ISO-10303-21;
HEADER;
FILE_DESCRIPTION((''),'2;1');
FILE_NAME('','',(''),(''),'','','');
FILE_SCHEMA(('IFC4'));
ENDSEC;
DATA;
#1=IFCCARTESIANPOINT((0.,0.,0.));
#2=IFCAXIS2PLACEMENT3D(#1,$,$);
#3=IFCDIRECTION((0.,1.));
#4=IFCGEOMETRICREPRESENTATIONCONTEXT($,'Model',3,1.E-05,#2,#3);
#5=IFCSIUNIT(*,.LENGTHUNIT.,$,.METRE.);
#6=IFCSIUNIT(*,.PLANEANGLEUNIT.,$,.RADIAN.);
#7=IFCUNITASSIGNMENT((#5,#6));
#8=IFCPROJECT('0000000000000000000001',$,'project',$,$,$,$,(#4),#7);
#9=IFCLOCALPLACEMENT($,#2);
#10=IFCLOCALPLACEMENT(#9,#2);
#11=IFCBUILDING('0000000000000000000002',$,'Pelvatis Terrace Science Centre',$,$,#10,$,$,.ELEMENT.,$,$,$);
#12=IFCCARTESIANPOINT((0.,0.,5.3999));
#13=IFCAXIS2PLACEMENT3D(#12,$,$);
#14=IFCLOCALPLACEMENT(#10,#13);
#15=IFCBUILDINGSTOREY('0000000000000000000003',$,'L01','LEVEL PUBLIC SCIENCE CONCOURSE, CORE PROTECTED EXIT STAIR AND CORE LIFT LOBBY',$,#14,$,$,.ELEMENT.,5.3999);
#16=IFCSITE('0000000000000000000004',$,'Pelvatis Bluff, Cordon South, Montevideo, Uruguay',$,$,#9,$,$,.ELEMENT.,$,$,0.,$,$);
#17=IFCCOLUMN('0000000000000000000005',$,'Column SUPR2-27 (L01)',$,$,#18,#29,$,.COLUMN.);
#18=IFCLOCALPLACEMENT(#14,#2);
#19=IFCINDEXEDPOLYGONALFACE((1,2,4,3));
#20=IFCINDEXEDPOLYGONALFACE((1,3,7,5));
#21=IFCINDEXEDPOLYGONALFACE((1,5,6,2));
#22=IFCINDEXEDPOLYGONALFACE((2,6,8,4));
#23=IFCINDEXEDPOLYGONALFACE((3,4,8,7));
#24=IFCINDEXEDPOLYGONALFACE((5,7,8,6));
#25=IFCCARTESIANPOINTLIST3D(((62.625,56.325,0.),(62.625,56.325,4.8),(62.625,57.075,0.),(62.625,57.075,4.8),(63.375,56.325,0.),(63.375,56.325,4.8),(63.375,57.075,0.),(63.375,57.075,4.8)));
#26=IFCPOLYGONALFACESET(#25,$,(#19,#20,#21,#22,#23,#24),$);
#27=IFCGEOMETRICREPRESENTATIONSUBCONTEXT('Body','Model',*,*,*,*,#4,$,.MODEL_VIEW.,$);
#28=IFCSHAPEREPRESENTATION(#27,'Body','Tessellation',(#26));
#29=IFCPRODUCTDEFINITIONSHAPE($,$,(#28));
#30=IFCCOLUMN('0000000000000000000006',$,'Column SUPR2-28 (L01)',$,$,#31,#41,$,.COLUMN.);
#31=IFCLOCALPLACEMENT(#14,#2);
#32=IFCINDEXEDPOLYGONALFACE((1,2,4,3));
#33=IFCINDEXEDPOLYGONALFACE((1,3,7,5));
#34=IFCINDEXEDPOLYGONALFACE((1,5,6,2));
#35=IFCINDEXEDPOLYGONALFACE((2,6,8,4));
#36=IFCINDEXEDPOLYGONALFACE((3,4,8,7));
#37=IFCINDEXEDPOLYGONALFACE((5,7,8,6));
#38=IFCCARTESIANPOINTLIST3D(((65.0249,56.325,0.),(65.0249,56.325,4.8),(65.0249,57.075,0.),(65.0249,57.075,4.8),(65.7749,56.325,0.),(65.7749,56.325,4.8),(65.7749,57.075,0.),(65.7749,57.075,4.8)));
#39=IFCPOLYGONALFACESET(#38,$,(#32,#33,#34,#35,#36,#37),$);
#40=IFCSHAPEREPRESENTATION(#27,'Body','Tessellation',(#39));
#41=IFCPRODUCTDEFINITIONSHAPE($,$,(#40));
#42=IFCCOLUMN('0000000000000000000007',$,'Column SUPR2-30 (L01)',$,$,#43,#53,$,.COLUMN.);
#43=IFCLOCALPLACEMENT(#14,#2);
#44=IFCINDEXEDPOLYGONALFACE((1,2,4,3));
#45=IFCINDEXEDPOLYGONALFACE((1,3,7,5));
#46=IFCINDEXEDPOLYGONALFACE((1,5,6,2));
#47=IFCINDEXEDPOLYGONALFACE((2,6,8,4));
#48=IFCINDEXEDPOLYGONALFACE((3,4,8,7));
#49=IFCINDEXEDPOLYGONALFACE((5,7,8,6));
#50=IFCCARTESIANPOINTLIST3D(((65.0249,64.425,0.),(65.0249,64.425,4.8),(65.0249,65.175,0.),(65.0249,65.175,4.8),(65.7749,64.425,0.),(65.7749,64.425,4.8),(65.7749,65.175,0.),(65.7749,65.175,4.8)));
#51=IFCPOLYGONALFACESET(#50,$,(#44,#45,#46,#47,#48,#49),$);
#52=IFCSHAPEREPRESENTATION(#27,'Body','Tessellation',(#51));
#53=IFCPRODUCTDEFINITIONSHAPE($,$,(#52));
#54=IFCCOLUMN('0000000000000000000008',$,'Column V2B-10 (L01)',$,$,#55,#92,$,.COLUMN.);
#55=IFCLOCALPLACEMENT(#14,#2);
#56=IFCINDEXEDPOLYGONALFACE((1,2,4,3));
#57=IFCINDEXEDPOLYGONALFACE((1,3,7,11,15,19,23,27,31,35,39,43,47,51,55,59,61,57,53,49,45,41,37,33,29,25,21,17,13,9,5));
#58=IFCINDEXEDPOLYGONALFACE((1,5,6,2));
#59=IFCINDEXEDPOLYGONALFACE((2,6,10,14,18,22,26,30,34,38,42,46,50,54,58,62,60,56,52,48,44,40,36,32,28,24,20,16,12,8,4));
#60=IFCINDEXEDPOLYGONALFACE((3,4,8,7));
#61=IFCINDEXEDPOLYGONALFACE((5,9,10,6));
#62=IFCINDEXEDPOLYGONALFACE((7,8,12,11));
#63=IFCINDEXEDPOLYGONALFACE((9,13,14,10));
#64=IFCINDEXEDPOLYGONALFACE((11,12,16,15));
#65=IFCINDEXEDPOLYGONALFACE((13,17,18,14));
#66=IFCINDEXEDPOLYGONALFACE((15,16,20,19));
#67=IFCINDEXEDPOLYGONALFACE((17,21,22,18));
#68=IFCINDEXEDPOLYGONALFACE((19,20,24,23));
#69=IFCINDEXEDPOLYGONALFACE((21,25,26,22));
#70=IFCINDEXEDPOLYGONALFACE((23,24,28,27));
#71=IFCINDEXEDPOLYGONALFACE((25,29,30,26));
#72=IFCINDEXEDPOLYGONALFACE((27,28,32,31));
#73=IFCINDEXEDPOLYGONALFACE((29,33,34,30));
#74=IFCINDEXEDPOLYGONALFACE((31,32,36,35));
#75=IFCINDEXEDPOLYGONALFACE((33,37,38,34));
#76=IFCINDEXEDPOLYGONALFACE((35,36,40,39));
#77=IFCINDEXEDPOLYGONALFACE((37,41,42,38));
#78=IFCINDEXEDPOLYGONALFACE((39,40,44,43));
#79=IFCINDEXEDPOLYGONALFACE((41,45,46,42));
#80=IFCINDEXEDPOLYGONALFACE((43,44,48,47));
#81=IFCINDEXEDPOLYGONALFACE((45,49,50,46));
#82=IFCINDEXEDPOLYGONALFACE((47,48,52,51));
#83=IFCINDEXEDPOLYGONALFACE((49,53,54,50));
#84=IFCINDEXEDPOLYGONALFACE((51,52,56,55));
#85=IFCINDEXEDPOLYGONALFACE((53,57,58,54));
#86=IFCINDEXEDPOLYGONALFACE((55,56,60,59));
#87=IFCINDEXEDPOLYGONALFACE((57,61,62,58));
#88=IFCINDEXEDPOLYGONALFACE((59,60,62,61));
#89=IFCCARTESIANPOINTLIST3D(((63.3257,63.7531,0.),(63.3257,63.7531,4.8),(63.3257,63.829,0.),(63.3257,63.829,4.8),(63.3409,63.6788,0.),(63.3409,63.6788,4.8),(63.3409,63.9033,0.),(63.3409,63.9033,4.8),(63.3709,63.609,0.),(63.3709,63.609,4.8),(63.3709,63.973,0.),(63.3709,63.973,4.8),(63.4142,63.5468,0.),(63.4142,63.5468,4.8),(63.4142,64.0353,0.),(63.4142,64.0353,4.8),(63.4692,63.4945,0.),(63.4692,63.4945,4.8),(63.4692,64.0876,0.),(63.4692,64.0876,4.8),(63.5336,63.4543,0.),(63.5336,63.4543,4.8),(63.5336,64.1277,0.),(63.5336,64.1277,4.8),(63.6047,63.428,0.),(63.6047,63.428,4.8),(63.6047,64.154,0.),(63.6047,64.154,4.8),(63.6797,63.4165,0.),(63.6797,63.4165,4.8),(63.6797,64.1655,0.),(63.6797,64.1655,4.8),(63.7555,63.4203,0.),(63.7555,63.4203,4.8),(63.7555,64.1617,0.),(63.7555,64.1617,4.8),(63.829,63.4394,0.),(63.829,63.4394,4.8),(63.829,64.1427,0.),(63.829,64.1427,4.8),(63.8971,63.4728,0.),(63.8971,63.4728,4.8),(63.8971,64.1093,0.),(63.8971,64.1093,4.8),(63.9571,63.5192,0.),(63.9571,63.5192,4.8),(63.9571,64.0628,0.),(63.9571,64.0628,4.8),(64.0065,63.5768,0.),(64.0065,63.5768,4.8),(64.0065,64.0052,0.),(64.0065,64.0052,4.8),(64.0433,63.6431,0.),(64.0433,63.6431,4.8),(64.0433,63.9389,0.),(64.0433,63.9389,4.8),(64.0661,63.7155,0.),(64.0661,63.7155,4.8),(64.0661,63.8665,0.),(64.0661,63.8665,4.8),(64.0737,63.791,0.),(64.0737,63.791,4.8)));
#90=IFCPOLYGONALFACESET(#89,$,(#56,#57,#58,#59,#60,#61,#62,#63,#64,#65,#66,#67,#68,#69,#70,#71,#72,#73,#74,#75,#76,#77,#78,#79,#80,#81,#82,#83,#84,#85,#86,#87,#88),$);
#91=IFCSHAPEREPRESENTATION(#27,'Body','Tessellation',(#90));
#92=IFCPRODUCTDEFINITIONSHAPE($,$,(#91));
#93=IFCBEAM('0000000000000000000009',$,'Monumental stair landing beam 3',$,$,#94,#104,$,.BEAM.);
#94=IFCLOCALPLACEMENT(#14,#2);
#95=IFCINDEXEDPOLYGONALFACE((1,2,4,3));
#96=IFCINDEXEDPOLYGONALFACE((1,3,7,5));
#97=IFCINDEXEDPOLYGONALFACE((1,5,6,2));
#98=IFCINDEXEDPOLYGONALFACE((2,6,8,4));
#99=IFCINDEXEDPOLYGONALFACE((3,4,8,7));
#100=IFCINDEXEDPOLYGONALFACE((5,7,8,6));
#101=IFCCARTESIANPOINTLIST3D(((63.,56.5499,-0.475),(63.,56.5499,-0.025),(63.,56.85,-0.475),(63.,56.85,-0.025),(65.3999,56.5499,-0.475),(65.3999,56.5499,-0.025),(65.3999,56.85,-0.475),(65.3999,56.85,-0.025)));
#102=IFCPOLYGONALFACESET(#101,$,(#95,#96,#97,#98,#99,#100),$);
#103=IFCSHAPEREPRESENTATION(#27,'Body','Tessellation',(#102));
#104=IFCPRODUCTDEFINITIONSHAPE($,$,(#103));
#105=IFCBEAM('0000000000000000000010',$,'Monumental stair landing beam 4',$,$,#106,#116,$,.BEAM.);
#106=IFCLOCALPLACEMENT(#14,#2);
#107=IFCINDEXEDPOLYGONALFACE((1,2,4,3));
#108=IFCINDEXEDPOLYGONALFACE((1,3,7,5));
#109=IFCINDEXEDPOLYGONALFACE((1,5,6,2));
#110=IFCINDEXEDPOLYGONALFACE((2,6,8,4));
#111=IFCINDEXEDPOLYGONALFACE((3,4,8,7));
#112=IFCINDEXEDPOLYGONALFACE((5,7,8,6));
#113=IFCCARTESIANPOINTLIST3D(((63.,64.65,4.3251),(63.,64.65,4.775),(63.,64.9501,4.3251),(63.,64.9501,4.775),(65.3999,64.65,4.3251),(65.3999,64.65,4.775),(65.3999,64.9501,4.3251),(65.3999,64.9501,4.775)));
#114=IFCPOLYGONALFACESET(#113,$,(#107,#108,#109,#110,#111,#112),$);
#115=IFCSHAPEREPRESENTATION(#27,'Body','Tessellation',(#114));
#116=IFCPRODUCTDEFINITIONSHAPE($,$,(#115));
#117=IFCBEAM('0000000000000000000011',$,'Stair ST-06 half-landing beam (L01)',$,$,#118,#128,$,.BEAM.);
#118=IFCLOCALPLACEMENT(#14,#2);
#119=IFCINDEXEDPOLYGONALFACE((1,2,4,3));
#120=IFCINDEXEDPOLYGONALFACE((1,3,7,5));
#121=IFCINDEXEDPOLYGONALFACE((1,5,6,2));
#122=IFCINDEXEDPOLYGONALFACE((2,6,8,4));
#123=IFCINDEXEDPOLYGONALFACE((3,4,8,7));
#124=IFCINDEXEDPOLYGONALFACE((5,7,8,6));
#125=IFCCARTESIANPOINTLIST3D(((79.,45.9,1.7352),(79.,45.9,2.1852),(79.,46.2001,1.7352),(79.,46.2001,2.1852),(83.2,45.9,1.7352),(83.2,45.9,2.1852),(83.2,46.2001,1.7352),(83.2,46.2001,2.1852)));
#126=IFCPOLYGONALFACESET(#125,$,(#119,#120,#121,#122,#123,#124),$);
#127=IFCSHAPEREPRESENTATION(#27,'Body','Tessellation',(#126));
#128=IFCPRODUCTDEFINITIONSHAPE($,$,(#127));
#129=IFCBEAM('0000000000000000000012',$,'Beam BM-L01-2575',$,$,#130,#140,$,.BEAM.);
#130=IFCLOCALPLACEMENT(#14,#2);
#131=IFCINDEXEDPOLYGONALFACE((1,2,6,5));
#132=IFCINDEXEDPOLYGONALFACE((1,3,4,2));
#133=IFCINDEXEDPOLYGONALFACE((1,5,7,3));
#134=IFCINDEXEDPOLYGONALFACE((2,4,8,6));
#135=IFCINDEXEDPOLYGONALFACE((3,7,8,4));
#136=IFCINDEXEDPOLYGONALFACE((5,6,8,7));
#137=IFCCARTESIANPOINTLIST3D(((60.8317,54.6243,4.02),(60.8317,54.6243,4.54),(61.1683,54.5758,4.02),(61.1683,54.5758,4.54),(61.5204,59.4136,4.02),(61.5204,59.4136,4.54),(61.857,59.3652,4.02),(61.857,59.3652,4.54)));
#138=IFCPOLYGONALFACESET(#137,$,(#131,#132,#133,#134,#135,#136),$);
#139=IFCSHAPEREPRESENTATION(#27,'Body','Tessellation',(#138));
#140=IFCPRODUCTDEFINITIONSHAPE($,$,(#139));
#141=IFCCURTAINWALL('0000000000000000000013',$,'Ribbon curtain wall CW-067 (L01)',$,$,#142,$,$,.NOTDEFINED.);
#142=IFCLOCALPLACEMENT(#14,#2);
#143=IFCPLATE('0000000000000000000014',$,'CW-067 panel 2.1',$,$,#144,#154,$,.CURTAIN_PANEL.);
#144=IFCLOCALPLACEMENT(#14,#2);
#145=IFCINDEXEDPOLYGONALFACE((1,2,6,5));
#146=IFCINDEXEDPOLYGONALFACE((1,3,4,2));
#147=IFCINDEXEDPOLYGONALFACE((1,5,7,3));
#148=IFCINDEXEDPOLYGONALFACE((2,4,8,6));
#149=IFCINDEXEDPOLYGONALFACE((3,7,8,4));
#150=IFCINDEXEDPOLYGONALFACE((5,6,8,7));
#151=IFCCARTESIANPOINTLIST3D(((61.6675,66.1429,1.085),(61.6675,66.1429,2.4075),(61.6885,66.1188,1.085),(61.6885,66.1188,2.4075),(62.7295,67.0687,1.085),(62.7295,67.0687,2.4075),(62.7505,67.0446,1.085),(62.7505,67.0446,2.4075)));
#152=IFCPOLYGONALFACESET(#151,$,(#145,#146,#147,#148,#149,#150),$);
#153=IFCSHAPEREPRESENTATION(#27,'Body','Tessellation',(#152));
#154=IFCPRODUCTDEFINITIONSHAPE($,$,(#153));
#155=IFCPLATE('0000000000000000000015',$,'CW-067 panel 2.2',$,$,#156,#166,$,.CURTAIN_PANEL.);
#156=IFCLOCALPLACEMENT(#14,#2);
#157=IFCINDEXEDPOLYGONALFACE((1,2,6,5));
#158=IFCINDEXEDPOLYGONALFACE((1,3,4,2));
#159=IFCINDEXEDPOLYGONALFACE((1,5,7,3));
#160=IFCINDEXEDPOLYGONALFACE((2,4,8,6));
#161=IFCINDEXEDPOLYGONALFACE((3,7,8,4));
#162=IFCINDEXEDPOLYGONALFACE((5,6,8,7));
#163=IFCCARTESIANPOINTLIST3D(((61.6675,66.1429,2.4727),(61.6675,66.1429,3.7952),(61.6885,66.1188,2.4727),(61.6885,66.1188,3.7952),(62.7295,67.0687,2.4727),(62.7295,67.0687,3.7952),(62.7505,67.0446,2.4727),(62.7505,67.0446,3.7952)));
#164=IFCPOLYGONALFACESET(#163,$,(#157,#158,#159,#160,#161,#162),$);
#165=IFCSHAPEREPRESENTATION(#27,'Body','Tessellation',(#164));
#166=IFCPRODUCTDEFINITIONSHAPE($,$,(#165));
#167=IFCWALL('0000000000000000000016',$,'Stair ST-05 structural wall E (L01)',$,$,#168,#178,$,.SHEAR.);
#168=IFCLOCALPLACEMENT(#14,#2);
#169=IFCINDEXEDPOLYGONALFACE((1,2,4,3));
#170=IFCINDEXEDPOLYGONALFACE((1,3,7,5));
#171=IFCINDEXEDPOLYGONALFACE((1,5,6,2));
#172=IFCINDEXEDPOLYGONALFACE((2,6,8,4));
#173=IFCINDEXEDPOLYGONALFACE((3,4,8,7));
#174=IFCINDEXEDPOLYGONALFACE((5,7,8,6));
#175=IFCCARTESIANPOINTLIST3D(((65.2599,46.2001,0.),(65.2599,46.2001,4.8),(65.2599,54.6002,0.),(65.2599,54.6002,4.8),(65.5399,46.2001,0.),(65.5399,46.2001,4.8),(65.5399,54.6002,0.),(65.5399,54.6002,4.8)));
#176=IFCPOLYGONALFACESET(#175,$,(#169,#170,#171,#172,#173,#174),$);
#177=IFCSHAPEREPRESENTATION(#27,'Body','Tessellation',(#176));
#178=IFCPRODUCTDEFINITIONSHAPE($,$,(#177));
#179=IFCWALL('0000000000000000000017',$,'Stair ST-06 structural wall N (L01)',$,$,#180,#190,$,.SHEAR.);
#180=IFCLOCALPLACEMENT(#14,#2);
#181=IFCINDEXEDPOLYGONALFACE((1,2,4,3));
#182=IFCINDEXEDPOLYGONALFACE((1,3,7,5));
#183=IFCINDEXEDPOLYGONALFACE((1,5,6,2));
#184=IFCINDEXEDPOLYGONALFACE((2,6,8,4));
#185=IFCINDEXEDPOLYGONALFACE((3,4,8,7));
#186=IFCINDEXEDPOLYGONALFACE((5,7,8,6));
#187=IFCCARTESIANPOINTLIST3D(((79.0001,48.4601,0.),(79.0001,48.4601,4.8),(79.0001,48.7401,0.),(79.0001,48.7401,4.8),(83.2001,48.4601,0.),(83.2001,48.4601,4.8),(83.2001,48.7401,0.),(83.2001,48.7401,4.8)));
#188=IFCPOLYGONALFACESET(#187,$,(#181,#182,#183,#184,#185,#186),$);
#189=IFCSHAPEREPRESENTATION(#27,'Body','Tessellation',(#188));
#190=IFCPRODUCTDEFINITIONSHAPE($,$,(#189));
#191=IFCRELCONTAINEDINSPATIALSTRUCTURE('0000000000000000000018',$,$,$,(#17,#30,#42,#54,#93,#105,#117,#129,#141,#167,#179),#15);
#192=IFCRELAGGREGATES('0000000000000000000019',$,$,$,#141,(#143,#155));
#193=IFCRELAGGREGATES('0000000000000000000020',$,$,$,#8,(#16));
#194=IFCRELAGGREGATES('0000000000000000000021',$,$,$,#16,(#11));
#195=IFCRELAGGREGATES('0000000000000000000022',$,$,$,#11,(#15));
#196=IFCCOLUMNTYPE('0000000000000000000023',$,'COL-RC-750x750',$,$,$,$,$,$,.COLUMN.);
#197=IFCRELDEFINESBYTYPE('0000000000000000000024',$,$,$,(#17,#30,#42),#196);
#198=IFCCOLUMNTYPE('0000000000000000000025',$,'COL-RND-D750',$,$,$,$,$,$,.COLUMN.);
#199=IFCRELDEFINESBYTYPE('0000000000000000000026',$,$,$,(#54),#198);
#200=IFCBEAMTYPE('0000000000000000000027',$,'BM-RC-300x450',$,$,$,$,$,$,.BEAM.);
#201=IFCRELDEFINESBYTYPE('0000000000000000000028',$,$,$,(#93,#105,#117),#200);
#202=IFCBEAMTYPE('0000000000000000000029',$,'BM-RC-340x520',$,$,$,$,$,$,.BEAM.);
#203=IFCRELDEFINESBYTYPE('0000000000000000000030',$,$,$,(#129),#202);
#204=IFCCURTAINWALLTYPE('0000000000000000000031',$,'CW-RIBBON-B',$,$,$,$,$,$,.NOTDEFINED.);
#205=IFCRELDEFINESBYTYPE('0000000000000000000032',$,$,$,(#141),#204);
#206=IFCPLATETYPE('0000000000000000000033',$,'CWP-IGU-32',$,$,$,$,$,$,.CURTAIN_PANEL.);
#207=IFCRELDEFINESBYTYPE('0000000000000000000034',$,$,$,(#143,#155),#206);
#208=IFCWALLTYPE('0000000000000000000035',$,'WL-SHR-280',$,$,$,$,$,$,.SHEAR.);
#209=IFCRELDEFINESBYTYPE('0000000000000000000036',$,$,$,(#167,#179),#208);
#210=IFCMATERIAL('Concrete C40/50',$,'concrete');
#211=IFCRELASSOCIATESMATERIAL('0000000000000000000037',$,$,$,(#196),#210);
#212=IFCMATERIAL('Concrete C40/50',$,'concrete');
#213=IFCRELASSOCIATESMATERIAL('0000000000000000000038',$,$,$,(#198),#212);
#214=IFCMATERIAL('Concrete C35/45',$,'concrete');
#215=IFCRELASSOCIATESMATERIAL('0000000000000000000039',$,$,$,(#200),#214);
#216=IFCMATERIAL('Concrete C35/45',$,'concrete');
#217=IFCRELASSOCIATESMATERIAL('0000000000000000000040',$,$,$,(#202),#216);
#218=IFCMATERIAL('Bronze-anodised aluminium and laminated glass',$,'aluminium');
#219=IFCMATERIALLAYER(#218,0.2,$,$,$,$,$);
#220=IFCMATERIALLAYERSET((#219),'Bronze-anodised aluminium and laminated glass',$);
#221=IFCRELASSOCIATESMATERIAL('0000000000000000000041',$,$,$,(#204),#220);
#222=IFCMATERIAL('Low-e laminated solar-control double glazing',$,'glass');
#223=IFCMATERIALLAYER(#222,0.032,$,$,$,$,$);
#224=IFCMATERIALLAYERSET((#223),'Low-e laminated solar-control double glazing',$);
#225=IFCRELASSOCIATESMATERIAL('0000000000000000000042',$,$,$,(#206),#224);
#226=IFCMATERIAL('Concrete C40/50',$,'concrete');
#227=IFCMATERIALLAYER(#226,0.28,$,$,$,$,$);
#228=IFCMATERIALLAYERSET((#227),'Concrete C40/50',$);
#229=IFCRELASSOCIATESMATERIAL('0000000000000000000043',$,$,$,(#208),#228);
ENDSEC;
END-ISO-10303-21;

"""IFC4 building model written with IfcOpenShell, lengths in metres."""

from ifc_helpers import new_model, si_unit, direction, frame, frame_2d, origin, origin_2d, place, context, subcontext, project, spatial, rectangle, circle, extrude, material, layer, layer_set, material_profile, profile_set, type_object, element, aggregate, save


model = new_model("IFC4")

# Units and contexts
model_context = context("Model", 3, precision=1e-05, world=origin(), true_north=direction((0.0, 1.0)))
body_context = subcontext(model_context, "Body", "Model", "MODEL_VIEW")
ifc_project = project(units=[si_unit("LENGTHUNIT", "METRE"), si_unit("PLANEANGLEUNIT", "RADIAN")], contexts=[model_context])

# Site, building, storey
site_placement = place(None, origin())
site = spatial("IfcSite", under=ifc_project, at=site_placement, Name="Pelvatis Bluff, Cordon South, Montevideo, Uruguay", CompositionType="ELEMENT", RefElevation=0.0)
building_placement = place(site_placement, origin())
building = spatial("IfcBuilding", under=site, at=building_placement, Name="Pelvatis Terrace Science Centre", CompositionType="ELEMENT")
storey_placement = place(building_placement, frame((0.0, 0.0, 5.3999)))
storey = spatial("IfcBuildingStorey", under=building, at=storey_placement, Name="L01", Description="LEVEL PUBLIC SCIENCE CONCOURSE, CORE PROTECTED EXIT STAIR AND CORE LIFT LOBBY", CompositionType="ELEMENT", Elevation=5.3999)

# Columns
ifc_material_1 = material(Name="Concrete C40/50", Category="concrete")
ifc_material_profile_1 = material_profile(ifc_material_1, rectangle(XDim=0.75, YDim=0.75, at=origin_2d()), Name="RC-COL 750x750")
ifc_profile_set_1 = profile_set([ifc_material_profile_1], Name="Concrete C40/50")
column_type_1 = type_object("IfcColumnType", Name="COL-RC-750x750", PredefinedType="COLUMN", material=ifc_profile_set_1)
for number, where, z_axis, x_axis, name in (
    (1, (63.0, 56.7, 0.0), (0.0, 0.0, 1.0), (1.0, 0.0, 0.0), "Column SUPR2-27 (L01)"),
    (2, (65.3999, 56.7, 0.0), (0.0, 0.0, 1.0), (1.0, 0.0, 0.0), "Column SUPR2-28 (L01)"),
    (3, (65.3999, 64.8, 0.0), (0.0, 0.0, 1.0), (1.0, 0.0, 0.0), "Column SUPR2-30 (L01)"),
):
    element("IfcColumn", number, at=place(storey_placement, frame(where, z_axis=z_axis, x_axis=x_axis)), inside=storey, type_object=column_type_1, Name=name, PredefinedType="COLUMN", context=body_context, shape_type="SweptSolid", body=[
        extrude(rectangle(XDim=0.75, YDim=0.75, at=origin_2d()), origin(), (0.0, 0.0, 1.0), 4.8),
    ])
ifc_material_2 = material(Name="Concrete C40/50", Category="concrete")
ifc_material_profile_2 = material_profile(ifc_material_2, circle(Radius=0.375, at=origin_2d()), Name="RC-RCOL D750")
ifc_profile_set_2 = profile_set([ifc_material_profile_2], Name="Concrete C40/50")
column_type_2 = type_object("IfcColumnType", Name="COL-RND-D750", PredefinedType="COLUMN", material=ifc_profile_set_2)
column_placement = place(storey_placement, frame((63.6987, 63.791, 0.0), z_axis=(0.0, 0.0, 1.0), x_axis=(1.0, 0.0, 0.0)))
element("IfcColumn", 4, at=column_placement, inside=storey, type_object=column_type_2, Name="Column V2B-10 (L01)", PredefinedType="COLUMN", context=body_context, shape_type="SweptSolid", body=[
    extrude(circle(Radius=0.375, at=origin_2d()), origin(), (0.0, 0.0, 1.0), 4.8),
])

# Beams
ifc_material_3 = material(Name="Concrete C35/45", Category="concrete")
ifc_material_profile_3 = material_profile(ifc_material_3, rectangle(XDim=0.3, YDim=0.45, at=origin_2d()), Name="RC-BM 300x450")
ifc_profile_set_3 = profile_set([ifc_material_profile_3], Name="Concrete C35/45")
beam_type_1 = type_object("IfcBeamType", Name="BM-RC-300x450", PredefinedType="BEAM", material=ifc_profile_set_3)
for number, where, z_axis, x_axis, name in (
    (5, (63.0, 56.7, -0.25), (1.0, 0.0, 0.0), (0.0, 1.0, 0.0), "Monumental stair landing beam 3"),
    (6, (63.0, 64.8, 4.55), (1.0, 0.0, 0.0), (0.0, 1.0, 0.0), "Monumental stair landing beam 4"),
):
    element("IfcBeam", number, at=place(storey_placement, frame(where, z_axis=z_axis, x_axis=x_axis)), inside=storey, type_object=beam_type_1, Name=name, PredefinedType="BEAM", context=body_context, shape_type="SweptSolid", body=[
        extrude(rectangle(XDim=0.3, YDim=0.45, at=origin_2d()), origin(), (0.0, 0.0, 1.0), 2.3999),
    ])
beam_1_placement = place(storey_placement, frame((79.0, 46.05, 1.9602), z_axis=(1.0, 0.0, 0.0), x_axis=(0.0, 1.0, 0.0)))
element("IfcBeam", 7, at=beam_1_placement, inside=storey, type_object=beam_type_1, Name="Stair ST-06 half-landing beam (L01)", PredefinedType="BEAM", context=body_context, shape_type="SweptSolid", body=[
    extrude(rectangle(XDim=0.3, YDim=0.45, at=origin_2d()), origin(), (0.0, 0.0, 1.0), 4.2),
])
ifc_material_4 = material(Name="Concrete C35/45", Category="concrete")
ifc_material_profile_4 = material_profile(ifc_material_4, rectangle(XDim=0.3401, YDim=0.52, at=origin_2d()), Name="RC-BM 340x520")
ifc_profile_set_4 = profile_set([ifc_material_profile_4], Name="Concrete C35/45")
beam_type_2 = type_object("IfcBeamType", Name="BM-RC-340x520", PredefinedType="BEAM", material=ifc_profile_set_4)
beam_2_placement = place(storey_placement, frame((61.6887, 59.3894, 4.28), z_axis=(-0.14234, -0.989818, 0.0), x_axis=(0.989818, -0.14234, 0.0)))
element("IfcBeam", 8, at=beam_2_placement, inside=storey, type_object=beam_type_2, Name="Beam BM-L01-2575", PredefinedType="BEAM", context=body_context, shape_type="SweptSolid", body=[
    extrude(rectangle(XDim=0.3401, YDim=0.52, at=origin_2d()), origin(), (0.0, 0.0, 1.0), 4.8386),
])

# Curtain wall, plates
ifc_material_5 = material(Name="Bronze-anodised aluminium and laminated glass", Category="aluminium")
ifc_layer_1 = layer(ifc_material_5, 0.2)
ifc_layer_set_1 = layer_set([ifc_layer_1], Name="Bronze-anodised aluminium and laminated glass")
curtain_wall_type = type_object("IfcCurtainWallType", Name="CW-RIBBON-B", PredefinedType="NOTDEFINED", material=ifc_layer_set_1)
curtain_wall_placement = place(storey_placement, origin())
curtain_wall = element("IfcCurtainWall", 9, at=curtain_wall_placement, inside=storey, type_object=curtain_wall_type, Name="Ribbon curtain wall CW-067 (L01)", PredefinedType="NOTDEFINED")
ifc_material_6 = material(Name="Low-e laminated solar-control double glazing", Category="glass")
ifc_layer_2 = layer(ifc_material_6, 0.032)
ifc_layer_set_2 = layer_set([ifc_layer_2], Name="Low-e laminated solar-control double glazing")
plate_type = type_object("IfcPlateType", Name="CWP-IGU-32", PredefinedType="CURTAIN_PANEL", material=ifc_layer_set_2)
plate_1_placement = place(storey_placement, frame((62.209, 66.5938, 1.085), z_axis=(0.0, 0.0, 1.0), x_axis=(-0.753793, -0.657112, 0.0)))
plate_1 = element("IfcPlate", 10, at=plate_1_placement, type_object=plate_type, Name="CW-067 panel 2.1", PredefinedType="CURTAIN_PANEL", context=body_context, shape_type="SweptSolid", body=[
    extrude(rectangle(XDim=1.4089, YDim=0.032, at=origin_2d()), origin(), (0.0, 0.0, 1.0), 1.3225),
])
plate_2_placement = place(storey_placement, frame((62.209, 66.5938, 2.4727), z_axis=(0.0, 0.0, 1.0), x_axis=(-0.753793, -0.657112, 0.0)))
plate_2 = element("IfcPlate", 11, at=plate_2_placement, type_object=plate_type, Name="CW-067 panel 2.2", PredefinedType="CURTAIN_PANEL", context=body_context, shape_type="SweptSolid", body=[
    extrude(rectangle(XDim=1.4089, YDim=0.032, at=origin_2d()), origin(), (0.0, 0.0, 1.0), 1.3225),
])
aggregate(curtain_wall, [plate_1, plate_2])

# Walls
ifc_material_7 = material(Name="Concrete C40/50", Category="concrete")
ifc_layer_3 = layer(ifc_material_7, 0.28)
ifc_layer_set_3 = layer_set([ifc_layer_3], Name="Concrete C40/50")
wall_type = type_object("IfcWallType", Name="WL-SHR-280", PredefinedType="SHEAR", material=ifc_layer_set_3)
wall_1_placement = place(storey_placement, frame((65.3999, 46.2, 0.0), z_axis=(0.0, 0.0, 1.0), x_axis=(0.0, 1.0, 0.0)))
element("IfcWall", 12, at=wall_1_placement, inside=storey, type_object=wall_type, Name="Stair ST-05 structural wall E (L01)", PredefinedType="SHEAR", context=body_context, shape_type="SweptSolid", body=[
    extrude(rectangle(XDim=8.4001, YDim=0.28, at=frame_2d((4.2002, 0.0))), origin(), (0.0, 0.0, 1.0), 4.8),
])
wall_2_placement = place(storey_placement, frame((79.0, 48.6001, 0.0), z_axis=(0.0, 0.0, 1.0), x_axis=(1.0, 0.0, 0.0)))
element("IfcWall", 13, at=wall_2_placement, inside=storey, type_object=wall_type, Name="Stair ST-06 structural wall N (L01)", PredefinedType="SHEAR", context=body_context, shape_type="SweptSolid", body=[
    extrude(rectangle(XDim=4.2, YDim=0.28, at=frame_2d((2.1001, 0.0))), origin(), (0.0, 0.0, 1.0), 4.8),
])

save(model, "model.ifc")
